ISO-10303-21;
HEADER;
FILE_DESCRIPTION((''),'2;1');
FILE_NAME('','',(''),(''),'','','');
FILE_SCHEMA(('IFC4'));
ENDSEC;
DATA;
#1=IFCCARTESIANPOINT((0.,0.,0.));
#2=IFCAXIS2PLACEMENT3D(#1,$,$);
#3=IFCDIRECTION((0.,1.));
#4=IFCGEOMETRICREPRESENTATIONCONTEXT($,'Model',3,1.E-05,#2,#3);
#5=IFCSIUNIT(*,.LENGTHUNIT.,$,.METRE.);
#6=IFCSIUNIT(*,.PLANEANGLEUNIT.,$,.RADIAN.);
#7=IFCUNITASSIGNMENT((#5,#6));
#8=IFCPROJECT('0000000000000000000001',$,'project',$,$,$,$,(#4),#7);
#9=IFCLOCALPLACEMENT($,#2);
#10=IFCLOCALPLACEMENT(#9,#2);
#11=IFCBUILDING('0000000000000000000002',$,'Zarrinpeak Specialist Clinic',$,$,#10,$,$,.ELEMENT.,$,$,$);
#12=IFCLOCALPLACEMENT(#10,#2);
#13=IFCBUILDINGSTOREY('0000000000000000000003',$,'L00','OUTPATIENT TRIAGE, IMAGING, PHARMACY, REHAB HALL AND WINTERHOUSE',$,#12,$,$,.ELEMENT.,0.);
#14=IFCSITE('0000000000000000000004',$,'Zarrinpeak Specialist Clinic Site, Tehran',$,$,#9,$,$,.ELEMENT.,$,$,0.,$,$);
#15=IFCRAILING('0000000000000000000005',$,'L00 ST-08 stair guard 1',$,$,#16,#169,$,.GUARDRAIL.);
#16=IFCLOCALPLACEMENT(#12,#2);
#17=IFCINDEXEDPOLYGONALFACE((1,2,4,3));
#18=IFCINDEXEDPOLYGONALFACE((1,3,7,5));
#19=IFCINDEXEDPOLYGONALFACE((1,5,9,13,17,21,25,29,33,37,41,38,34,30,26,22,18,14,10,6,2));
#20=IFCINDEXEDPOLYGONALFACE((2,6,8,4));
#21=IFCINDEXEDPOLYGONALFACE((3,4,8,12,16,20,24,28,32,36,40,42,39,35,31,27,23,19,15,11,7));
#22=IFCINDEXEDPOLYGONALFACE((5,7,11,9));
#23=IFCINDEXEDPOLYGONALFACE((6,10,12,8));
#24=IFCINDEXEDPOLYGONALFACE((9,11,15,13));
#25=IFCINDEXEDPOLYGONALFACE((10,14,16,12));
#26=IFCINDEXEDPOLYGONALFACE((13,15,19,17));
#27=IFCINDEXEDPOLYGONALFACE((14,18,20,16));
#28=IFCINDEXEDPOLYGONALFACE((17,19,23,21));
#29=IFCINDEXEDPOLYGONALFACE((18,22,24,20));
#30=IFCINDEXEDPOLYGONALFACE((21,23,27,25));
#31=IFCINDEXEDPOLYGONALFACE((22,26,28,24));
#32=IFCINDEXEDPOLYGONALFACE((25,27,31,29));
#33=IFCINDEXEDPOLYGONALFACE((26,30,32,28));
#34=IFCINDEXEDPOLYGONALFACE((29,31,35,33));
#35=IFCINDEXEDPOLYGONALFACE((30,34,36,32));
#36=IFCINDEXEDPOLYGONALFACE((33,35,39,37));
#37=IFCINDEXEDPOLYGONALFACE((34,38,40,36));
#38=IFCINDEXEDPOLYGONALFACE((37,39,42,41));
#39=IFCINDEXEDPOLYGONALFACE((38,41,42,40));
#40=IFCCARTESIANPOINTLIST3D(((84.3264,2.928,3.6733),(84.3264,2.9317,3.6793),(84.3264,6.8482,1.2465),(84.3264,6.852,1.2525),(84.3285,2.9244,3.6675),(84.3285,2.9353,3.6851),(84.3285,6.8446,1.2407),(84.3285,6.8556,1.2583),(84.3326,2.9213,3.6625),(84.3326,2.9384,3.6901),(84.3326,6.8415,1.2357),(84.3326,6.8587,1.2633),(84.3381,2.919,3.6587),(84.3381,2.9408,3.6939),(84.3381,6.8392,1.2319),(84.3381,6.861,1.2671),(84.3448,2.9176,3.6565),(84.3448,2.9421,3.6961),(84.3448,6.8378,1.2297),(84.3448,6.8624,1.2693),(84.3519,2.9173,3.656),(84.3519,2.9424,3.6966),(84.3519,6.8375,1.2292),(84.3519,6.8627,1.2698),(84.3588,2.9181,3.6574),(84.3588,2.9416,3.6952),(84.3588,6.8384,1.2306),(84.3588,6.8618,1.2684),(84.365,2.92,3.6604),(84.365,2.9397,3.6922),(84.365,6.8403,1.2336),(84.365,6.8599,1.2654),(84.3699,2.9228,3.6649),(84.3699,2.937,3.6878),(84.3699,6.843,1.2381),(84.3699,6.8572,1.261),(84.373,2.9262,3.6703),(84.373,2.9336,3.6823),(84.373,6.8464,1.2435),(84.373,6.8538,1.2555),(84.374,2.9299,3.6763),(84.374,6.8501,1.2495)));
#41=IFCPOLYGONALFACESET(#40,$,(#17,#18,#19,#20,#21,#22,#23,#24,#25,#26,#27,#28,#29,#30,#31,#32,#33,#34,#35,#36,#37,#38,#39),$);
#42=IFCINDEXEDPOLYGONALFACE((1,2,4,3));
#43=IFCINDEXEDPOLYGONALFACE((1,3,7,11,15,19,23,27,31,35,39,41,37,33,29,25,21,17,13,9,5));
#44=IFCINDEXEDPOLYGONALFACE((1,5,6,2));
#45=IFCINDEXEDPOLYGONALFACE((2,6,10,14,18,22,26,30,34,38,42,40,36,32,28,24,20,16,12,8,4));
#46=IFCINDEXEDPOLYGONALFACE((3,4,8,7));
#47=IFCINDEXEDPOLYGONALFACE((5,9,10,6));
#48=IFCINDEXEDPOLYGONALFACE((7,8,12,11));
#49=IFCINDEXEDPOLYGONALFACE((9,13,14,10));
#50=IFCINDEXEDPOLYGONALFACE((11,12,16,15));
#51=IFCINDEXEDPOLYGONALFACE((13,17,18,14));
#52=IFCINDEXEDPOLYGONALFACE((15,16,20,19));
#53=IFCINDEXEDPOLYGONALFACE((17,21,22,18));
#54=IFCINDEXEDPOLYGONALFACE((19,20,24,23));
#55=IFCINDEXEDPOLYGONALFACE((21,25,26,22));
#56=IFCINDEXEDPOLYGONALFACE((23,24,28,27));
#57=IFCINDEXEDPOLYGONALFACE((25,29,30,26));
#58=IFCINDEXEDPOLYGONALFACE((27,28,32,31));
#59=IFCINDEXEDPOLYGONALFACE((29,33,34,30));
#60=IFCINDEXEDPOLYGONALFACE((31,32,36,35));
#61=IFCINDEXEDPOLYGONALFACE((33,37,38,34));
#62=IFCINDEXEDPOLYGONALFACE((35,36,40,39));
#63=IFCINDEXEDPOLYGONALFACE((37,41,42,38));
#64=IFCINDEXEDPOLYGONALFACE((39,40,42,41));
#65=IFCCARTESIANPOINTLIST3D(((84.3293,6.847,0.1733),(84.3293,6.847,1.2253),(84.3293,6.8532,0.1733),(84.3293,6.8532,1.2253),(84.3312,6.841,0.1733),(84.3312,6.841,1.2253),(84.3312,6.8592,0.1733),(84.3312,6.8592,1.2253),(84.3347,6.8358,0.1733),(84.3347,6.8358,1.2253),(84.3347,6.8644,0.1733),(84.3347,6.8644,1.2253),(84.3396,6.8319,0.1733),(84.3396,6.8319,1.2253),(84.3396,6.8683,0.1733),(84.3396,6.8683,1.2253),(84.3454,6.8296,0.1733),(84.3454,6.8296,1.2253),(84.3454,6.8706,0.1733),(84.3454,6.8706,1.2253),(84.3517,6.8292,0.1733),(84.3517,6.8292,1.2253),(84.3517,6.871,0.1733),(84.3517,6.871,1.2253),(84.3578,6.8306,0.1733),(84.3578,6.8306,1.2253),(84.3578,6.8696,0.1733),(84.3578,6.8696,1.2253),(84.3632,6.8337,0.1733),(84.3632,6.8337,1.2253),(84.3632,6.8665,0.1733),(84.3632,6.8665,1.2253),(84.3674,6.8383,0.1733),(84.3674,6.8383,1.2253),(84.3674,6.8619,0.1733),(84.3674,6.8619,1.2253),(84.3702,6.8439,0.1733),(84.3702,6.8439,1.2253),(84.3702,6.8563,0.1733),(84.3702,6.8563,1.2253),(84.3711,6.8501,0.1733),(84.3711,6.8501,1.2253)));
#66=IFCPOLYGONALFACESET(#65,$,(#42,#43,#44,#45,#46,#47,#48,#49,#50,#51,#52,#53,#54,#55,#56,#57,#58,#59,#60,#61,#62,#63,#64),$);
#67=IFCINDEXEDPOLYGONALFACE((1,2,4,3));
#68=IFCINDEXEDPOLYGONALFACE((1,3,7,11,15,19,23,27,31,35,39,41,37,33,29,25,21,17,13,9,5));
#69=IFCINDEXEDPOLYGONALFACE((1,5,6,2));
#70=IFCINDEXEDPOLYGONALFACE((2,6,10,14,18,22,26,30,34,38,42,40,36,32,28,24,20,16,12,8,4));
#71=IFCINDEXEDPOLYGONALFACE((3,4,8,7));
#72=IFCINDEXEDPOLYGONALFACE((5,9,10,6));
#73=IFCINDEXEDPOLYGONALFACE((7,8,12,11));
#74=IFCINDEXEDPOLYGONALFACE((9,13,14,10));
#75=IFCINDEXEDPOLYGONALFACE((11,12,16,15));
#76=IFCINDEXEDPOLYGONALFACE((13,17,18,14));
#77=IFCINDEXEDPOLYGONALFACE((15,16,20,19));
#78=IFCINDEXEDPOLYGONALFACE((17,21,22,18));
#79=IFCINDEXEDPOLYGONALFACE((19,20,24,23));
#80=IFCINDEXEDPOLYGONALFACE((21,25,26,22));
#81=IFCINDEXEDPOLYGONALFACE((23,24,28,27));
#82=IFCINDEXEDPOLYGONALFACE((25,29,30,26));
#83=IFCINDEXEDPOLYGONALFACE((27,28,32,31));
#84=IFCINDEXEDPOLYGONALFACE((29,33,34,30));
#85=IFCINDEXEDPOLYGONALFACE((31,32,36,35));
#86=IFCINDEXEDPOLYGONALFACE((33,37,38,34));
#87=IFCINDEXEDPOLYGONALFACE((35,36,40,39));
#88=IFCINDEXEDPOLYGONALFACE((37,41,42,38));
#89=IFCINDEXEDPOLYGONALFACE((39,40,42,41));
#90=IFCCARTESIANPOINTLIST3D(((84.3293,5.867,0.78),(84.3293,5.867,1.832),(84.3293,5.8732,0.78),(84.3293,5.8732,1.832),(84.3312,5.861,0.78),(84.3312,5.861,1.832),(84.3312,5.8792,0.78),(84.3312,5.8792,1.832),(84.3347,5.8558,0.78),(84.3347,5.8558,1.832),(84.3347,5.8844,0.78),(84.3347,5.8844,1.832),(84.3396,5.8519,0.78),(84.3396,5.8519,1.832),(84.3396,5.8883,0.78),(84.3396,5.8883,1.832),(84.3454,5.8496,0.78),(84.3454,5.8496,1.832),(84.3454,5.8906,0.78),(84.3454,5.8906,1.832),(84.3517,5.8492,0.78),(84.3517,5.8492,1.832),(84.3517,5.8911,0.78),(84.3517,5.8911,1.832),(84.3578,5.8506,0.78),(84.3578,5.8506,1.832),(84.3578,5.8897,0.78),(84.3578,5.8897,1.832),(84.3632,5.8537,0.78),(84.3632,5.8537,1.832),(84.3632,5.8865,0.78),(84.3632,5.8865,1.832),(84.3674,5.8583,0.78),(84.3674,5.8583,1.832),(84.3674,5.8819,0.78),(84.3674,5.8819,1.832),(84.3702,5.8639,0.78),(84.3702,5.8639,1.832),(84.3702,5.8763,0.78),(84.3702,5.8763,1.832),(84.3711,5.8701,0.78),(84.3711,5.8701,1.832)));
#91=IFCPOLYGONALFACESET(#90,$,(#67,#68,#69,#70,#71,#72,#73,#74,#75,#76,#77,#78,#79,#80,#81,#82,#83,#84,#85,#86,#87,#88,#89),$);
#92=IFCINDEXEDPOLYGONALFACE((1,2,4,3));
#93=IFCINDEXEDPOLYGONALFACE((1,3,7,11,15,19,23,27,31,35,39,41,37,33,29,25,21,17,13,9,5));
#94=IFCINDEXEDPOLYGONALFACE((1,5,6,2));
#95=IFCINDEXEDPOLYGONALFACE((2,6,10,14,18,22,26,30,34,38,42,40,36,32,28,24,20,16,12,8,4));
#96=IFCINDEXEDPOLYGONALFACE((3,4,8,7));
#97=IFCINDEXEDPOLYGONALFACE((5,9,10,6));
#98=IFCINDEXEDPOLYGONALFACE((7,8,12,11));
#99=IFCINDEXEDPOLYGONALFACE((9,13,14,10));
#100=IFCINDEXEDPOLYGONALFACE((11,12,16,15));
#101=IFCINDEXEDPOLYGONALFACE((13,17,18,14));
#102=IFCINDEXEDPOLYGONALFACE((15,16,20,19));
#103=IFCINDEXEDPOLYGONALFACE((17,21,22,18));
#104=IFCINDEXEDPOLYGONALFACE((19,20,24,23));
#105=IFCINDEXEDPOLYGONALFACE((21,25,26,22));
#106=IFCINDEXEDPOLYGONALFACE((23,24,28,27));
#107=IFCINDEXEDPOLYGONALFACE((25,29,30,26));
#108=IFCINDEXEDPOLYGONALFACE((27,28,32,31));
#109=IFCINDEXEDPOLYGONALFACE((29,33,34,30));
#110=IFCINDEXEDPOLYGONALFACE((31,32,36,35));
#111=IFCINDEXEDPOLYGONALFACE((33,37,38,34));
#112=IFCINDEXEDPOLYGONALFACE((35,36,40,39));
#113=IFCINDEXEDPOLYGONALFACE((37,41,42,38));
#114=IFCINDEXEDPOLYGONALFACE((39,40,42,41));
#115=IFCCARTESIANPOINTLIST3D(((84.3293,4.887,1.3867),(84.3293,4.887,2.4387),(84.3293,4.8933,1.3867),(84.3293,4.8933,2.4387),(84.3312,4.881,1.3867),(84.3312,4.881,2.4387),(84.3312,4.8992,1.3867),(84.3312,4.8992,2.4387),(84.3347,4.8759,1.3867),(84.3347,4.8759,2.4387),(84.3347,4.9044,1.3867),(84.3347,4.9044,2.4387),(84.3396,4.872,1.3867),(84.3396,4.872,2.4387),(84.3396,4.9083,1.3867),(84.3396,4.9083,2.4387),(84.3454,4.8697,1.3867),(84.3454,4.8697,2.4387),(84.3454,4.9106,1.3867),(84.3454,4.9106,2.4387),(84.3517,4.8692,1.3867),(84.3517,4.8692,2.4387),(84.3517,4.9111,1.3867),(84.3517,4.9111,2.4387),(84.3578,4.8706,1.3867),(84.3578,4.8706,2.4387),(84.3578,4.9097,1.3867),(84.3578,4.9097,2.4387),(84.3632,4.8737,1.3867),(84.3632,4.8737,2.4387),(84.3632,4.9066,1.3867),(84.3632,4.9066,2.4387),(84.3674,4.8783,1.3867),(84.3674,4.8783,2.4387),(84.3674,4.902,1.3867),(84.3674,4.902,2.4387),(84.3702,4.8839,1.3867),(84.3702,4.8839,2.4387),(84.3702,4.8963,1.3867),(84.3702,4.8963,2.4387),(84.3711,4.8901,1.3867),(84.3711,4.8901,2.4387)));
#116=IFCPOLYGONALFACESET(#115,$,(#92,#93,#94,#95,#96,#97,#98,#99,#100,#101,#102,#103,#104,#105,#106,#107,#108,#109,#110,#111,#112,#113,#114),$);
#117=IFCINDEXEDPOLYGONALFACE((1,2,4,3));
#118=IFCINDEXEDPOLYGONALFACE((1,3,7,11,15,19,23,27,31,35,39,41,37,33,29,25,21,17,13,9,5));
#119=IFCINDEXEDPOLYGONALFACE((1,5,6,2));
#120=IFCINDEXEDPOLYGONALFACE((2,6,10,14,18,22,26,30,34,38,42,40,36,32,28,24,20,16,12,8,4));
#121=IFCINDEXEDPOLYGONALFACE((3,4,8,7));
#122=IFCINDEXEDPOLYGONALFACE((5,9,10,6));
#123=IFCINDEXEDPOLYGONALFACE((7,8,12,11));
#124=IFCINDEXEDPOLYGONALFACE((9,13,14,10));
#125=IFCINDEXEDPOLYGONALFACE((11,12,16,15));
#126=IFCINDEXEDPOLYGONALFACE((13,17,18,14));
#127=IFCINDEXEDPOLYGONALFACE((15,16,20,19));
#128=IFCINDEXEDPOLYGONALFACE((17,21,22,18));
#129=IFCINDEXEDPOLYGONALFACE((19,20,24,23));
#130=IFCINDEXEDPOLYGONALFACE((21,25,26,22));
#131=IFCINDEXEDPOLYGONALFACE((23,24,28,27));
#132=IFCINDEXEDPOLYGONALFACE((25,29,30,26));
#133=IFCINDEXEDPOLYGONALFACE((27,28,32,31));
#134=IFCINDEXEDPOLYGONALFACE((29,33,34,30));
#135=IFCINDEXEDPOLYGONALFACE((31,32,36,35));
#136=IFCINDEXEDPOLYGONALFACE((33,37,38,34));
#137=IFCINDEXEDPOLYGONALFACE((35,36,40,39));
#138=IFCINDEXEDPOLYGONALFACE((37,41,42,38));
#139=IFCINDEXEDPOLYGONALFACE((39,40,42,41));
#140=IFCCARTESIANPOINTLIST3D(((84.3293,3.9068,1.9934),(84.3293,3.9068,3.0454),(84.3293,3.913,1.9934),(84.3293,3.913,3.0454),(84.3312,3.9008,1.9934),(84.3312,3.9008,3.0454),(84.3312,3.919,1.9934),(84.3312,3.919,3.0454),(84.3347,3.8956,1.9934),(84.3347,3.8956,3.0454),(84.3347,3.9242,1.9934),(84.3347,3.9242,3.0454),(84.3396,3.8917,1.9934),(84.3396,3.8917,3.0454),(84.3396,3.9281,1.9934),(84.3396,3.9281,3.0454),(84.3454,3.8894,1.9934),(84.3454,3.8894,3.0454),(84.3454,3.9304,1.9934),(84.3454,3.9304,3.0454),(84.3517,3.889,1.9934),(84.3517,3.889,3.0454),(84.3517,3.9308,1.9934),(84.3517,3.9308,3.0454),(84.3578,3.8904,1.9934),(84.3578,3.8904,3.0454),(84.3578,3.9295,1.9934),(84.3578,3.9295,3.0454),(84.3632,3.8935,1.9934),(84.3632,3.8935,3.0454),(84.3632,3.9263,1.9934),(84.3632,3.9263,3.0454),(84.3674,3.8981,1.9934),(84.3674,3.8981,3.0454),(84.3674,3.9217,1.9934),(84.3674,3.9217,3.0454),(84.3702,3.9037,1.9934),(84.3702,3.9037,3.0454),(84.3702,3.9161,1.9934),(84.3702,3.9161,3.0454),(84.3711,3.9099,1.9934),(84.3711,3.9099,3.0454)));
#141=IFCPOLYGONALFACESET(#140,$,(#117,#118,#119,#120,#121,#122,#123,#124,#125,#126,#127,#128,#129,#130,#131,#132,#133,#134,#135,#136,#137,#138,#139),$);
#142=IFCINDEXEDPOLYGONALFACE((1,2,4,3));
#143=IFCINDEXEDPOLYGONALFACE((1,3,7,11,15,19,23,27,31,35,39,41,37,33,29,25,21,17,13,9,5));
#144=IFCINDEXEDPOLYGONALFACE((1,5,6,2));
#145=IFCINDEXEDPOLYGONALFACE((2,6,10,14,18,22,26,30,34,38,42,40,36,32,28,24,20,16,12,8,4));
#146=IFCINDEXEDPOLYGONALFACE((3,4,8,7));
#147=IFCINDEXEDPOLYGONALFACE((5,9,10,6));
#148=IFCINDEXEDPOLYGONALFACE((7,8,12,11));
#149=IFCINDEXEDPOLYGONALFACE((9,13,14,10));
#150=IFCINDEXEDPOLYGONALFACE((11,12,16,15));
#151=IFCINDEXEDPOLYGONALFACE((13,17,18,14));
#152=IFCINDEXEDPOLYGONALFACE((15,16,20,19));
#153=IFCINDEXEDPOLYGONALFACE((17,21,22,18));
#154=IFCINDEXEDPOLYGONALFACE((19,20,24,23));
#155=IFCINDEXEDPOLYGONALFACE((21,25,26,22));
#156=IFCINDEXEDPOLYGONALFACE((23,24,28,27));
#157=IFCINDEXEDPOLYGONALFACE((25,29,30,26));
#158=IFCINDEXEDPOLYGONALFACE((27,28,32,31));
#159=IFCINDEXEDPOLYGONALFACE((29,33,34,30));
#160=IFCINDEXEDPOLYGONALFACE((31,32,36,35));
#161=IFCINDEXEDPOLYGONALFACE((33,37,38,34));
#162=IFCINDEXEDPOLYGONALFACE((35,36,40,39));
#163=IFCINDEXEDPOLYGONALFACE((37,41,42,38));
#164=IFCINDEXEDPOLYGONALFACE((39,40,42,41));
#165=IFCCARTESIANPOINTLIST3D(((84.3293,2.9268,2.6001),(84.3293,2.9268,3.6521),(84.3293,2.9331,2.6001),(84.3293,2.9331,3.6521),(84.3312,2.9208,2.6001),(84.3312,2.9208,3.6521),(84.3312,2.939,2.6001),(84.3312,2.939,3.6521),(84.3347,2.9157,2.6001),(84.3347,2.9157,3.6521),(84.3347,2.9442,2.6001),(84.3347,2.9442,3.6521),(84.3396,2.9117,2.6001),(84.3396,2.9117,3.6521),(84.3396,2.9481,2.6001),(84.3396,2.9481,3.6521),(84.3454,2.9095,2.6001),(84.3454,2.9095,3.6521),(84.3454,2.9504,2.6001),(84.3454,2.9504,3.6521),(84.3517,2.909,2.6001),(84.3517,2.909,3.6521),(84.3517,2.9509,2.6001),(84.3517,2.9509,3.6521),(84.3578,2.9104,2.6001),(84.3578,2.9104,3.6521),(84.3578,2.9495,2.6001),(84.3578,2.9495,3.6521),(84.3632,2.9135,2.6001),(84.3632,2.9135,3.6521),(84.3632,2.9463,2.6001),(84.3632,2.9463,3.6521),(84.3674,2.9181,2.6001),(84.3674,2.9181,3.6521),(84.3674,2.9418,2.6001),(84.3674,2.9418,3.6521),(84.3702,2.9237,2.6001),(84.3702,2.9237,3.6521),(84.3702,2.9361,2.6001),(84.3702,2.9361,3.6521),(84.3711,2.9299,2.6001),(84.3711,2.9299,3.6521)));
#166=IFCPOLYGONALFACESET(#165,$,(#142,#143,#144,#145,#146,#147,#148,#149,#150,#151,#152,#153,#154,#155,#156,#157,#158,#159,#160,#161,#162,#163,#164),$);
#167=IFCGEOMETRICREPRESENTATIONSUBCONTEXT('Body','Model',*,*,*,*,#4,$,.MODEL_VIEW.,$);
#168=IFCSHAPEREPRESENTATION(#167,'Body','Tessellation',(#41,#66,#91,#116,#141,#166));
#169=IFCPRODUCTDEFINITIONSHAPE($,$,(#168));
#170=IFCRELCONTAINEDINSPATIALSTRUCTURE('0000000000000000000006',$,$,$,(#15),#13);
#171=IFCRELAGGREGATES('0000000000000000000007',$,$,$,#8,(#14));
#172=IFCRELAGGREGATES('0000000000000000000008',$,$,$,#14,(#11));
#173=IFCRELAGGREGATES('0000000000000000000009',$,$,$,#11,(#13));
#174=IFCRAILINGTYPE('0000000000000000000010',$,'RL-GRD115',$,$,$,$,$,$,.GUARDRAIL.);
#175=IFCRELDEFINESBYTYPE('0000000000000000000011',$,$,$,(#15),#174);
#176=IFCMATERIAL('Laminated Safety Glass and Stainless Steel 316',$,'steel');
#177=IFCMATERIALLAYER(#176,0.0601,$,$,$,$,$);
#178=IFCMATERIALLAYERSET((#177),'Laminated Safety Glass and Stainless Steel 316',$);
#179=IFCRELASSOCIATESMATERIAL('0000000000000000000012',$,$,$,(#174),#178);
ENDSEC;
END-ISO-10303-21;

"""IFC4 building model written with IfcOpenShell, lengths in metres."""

from ifc_helpers import new_model, si_unit, direction, frame, origin, origin_2d, place, context, subcontext, project, spatial, circle, extrude, material, layer, layer_set, type_object, element, save


model = new_model("IFC4")

# Units and contexts
model_context = context("Model", 3, precision=1e-05, world=origin(), true_north=direction((0.0, 1.0)))
body_context = subcontext(model_context, "Body", "Model", "MODEL_VIEW")
ifc_project = project(units=[si_unit("LENGTHUNIT", "METRE"), si_unit("PLANEANGLEUNIT", "RADIAN")], contexts=[model_context])

# Site, building, storey
site_placement = place(None, origin())
site = spatial("IfcSite", under=ifc_project, at=site_placement, Name="Zarrinpeak Specialist Clinic Site, Tehran", CompositionType="ELEMENT", RefElevation=0.0)
building_placement = place(site_placement, origin())
building = spatial("IfcBuilding", under=site, at=building_placement, Name="Zarrinpeak Specialist Clinic", CompositionType="ELEMENT")
storey_placement = place(building_placement, origin())
storey = spatial("IfcBuildingStorey", under=building, at=storey_placement, Name="L00", Description="OUTPATIENT TRIAGE, IMAGING, PHARMACY, REHAB HALL AND WINTERHOUSE", CompositionType="ELEMENT", Elevation=0.0)

# Railing
ifc_material_1 = material(Name="Laminated Safety Glass and Stainless Steel 316", Category="steel")
ifc_layer_1 = layer(ifc_material_1, 0.0601)
ifc_layer_set_1 = layer_set([ifc_layer_1], Name="Laminated Safety Glass and Stainless Steel 316")
railing_type_1 = type_object("IfcRailingType", Name="RL-GRD115", PredefinedType="GUARDRAIL", material=ifc_layer_set_1)
railing_1_placement = place(storey_placement, frame((84.3501, 6.8501, 0.1733)))
element("IfcRailing", 1, at=railing_1_placement, inside=storey, type_object=railing_type_1, Name="L00 ST-08 stair guard 1", PredefinedType="GUARDRAIL", context=body_context, shape_type="SweptSolid", body=[
    extrude(circle(Radius=0.0239, at=origin_2d()), frame((0.0, 0.0, 1.0762), z_axis=(0.0, -0.850266, 0.526353), x_axis=(1.0, 0.0, 0.0)), (0.0, 0.0, 1.0), 4.6106),
    extrude(circle(Radius=0.021, at=origin_2d()), origin(), (0.0, 0.0, 1.0), 1.052),
    extrude(circle(Radius=0.021, at=origin_2d()), frame((0.0, -0.98, 0.6067)), (0.0, 0.0, 1.0), 1.052),
    extrude(circle(Radius=0.021, at=origin_2d()), frame((0.0, -1.96, 1.2134)), (0.0, 0.0, 1.0), 1.052),
    extrude(circle(Radius=0.021, at=origin_2d()), frame((0.0, -2.9402, 1.8201)), (0.0, 0.0, 1.0), 1.052),
    extrude(circle(Radius=0.021, at=origin_2d()), frame((0.0, -3.9202, 2.4268)), (0.0, 0.0, 1.0), 1.052),
])

save(model, "model.ifc")
